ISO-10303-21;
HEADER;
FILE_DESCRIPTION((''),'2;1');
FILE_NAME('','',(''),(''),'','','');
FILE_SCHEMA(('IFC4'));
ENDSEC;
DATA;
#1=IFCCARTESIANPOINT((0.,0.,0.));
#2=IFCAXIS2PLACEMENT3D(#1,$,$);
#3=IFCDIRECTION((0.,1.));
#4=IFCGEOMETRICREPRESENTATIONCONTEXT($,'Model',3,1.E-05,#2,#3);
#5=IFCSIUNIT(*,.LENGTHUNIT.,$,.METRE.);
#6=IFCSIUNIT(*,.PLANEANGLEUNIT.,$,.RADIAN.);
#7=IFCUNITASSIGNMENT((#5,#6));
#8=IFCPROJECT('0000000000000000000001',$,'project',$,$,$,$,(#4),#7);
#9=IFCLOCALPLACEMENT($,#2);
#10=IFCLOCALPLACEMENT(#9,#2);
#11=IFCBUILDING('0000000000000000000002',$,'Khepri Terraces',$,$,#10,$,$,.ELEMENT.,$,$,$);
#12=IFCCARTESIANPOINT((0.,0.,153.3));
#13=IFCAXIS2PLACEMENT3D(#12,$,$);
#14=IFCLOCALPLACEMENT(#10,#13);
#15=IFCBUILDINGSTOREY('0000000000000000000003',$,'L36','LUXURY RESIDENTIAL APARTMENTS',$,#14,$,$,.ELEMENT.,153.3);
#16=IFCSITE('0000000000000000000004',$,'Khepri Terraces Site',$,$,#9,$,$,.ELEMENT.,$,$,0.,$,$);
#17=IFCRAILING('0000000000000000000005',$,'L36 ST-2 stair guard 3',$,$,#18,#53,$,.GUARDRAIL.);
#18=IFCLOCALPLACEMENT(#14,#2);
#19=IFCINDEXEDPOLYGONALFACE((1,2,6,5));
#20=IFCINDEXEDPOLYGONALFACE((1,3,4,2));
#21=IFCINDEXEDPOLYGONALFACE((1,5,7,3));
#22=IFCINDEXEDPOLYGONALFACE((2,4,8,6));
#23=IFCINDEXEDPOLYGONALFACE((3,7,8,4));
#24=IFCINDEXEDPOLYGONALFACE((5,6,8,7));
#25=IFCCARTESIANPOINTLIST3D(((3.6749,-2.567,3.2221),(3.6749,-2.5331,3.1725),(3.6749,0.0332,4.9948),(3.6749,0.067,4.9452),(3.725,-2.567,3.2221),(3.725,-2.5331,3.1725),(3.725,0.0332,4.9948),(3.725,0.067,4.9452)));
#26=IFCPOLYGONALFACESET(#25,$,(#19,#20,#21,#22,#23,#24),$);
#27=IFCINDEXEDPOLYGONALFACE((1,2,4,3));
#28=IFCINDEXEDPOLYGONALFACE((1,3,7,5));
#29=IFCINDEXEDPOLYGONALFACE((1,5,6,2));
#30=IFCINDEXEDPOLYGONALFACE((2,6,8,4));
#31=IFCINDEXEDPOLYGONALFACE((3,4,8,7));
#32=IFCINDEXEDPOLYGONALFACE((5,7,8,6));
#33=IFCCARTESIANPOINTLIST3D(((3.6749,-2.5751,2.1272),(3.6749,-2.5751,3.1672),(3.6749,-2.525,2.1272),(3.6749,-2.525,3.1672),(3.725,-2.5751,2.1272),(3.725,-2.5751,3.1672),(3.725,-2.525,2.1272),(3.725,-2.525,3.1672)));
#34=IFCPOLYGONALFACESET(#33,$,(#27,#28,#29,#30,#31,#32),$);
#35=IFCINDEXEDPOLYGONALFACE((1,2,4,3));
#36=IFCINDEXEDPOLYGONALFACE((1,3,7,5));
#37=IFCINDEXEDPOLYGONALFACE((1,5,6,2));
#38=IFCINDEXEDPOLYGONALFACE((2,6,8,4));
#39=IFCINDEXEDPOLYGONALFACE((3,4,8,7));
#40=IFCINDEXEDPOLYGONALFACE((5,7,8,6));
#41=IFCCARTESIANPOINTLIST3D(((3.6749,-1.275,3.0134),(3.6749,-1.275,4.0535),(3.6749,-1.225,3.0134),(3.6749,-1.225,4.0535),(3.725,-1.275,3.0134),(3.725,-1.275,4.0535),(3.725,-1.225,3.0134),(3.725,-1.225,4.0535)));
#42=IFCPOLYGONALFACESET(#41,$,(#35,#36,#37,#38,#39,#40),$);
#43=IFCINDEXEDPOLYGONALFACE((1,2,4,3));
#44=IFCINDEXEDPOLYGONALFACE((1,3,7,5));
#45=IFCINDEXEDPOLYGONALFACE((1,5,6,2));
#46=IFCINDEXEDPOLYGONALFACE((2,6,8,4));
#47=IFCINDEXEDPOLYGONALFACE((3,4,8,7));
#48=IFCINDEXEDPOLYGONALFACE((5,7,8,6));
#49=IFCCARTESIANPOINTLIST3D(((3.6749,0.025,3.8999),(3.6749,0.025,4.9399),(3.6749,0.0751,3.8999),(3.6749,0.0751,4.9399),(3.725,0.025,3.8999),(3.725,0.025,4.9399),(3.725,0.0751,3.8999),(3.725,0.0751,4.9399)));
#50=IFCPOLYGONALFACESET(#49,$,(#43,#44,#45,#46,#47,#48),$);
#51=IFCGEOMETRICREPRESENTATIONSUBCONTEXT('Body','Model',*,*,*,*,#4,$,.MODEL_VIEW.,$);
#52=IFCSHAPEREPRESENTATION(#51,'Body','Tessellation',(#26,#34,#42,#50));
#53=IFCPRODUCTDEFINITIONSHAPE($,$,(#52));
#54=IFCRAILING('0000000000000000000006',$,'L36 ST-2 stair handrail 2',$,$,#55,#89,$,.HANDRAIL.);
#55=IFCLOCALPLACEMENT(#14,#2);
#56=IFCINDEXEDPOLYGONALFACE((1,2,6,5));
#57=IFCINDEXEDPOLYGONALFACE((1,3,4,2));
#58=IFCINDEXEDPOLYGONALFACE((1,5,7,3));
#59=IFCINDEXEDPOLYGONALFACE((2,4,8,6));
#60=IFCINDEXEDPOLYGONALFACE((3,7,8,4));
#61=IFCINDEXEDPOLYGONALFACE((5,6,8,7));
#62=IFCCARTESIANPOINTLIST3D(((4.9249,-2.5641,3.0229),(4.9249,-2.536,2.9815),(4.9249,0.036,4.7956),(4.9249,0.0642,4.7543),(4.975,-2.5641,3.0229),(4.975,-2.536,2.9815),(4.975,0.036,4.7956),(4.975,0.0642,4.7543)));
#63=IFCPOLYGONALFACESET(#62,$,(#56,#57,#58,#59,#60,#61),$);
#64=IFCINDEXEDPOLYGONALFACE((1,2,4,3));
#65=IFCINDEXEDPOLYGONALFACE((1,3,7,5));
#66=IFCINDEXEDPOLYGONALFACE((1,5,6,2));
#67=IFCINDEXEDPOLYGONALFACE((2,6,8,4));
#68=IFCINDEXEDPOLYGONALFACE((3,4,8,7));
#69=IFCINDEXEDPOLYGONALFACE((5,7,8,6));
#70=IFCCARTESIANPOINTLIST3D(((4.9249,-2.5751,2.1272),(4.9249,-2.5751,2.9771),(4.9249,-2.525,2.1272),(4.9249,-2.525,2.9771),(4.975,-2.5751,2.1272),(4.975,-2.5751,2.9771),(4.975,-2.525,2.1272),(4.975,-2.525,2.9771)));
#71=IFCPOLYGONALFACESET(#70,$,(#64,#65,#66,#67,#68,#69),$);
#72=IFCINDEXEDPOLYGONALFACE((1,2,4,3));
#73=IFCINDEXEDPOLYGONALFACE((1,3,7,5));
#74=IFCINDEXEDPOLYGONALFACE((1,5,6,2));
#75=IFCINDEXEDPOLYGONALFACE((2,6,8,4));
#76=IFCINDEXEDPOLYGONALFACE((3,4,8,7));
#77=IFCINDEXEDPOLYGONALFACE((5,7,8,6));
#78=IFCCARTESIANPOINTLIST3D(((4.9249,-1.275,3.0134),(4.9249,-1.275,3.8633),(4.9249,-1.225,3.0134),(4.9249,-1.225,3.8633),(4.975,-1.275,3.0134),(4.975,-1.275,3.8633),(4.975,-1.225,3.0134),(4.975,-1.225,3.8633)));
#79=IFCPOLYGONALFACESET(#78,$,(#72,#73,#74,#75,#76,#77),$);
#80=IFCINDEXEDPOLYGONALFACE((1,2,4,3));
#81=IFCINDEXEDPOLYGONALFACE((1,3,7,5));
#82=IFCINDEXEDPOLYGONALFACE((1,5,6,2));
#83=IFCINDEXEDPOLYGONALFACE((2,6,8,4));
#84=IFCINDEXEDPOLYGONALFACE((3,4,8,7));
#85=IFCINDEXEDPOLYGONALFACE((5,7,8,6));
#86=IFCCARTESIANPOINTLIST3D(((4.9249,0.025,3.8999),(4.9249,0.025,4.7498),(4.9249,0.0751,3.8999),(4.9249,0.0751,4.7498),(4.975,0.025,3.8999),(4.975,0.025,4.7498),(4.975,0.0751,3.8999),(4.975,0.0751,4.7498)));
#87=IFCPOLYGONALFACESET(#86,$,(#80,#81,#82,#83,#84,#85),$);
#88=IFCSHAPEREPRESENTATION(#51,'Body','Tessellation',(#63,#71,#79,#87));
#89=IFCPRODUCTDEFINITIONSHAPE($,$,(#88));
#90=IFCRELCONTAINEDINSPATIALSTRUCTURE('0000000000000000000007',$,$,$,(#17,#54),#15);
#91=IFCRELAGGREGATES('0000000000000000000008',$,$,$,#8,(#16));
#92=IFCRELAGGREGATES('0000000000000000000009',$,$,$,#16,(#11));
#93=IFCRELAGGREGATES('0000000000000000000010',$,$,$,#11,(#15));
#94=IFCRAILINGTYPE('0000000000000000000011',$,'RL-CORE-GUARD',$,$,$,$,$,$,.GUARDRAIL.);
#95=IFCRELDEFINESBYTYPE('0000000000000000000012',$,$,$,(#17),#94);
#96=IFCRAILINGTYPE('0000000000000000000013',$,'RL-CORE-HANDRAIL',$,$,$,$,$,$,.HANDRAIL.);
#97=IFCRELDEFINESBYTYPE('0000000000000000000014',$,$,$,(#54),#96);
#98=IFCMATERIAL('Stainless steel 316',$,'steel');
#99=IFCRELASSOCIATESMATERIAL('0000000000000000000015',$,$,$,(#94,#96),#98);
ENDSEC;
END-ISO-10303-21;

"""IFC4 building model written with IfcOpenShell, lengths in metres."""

from ifc_helpers import new_model, si_unit, direction, frame, origin, origin_2d, place, context, subcontext, project, spatial, rectangle, extrude, material, type_object, element, save


model = new_model("IFC4")

# Units and contexts
model_context = context("Model", 3, precision=1e-05, world=origin(), true_north=direction((0.0, 1.0)))
body_context = subcontext(model_context, "Body", "Model", "MODEL_VIEW")
ifc_project = project(units=[si_unit("LENGTHUNIT", "METRE"), si_unit("PLANEANGLEUNIT", "RADIAN")], contexts=[model_context])

# Site, building, storey
site_placement = place(None, origin())
site = spatial("IfcSite", under=ifc_project, at=site_placement, Name="Khepri Terraces Site", CompositionType="ELEMENT", RefElevation=0.0)
building_placement = place(site_placement, origin())
building = spatial("IfcBuilding", under=site, at=building_placement, Name="Khepri Terraces", CompositionType="ELEMENT")
storey_placement = place(building_placement, frame((0.0, 0.0, 153.3)))
storey = spatial("IfcBuildingStorey", under=building, at=storey_placement, Name="L36", Description="LUXURY RESIDENTIAL APARTMENTS", CompositionType="ELEMENT", Elevation=153.3)

# Railings
ifc_material_1 = material(Name="Stainless steel 316", Category="steel")
railing_type_1 = type_object("IfcRailingType", Name="RL-CORE-GUARD", PredefinedType="GUARDRAIL", material=ifc_material_1)
railing_1_placement = place(storey_placement, frame((3.7, -2.55, 2.1272)))
element("IfcRailing", 1, at=railing_1_placement, inside=storey, type_object=railing_type_1, Name="L36 ST-2 stair guard 3", PredefinedType="GUARDRAIL", context=body_context, shape_type="SweptSolid", body=[
    extrude(rectangle(XDim=0.05, YDim=0.0601, at=origin_2d()), frame((0.0, 0.0, 1.0701), z_axis=(0.0, 0.82624, 0.563318), x_axis=(-1.0, 0.0, 0.0)), (0.0, 0.0, 1.0), 3.147),
    extrude(rectangle(XDim=0.05, YDim=0.05, at=origin_2d()), origin(), (0.0, 0.0, 1.0), 1.04),
    extrude(rectangle(XDim=0.05, YDim=0.05, at=origin_2d()), frame((0.0, 1.3, 0.8862)), (0.0, 0.0, 1.0), 1.04),
    extrude(rectangle(XDim=0.05, YDim=0.05, at=origin_2d()), frame((0.0, 2.6001, 1.7727)), (0.0, 0.0, 1.0), 1.04),
])
railing_type_2 = type_object("IfcRailingType", Name="RL-CORE-HANDRAIL", PredefinedType="HANDRAIL", material=ifc_material_1)
railing_2_placement = place(storey_placement, frame((4.95, -2.55, 2.1272)))
element("IfcRailing", 2, at=railing_2_placement, inside=storey, type_object=railing_type_2, Name="L36 ST-2 stair handrail 2", PredefinedType="HANDRAIL", context=body_context, shape_type="SweptSolid", body=[
    extrude(rectangle(XDim=0.05, YDim=0.05, at=origin_2d()), frame((0.0, 0.0, 0.875), z_axis=(0.0, 0.82624, 0.563318), x_axis=(-1.0, 0.0, 0.0)), (0.0, 0.0, 1.0), 3.147),
    extrude(rectangle(XDim=0.05, YDim=0.05, at=origin_2d()), origin(), (0.0, 0.0, 1.0), 0.8499),
    extrude(rectangle(XDim=0.05, YDim=0.05, at=origin_2d()), frame((0.0, 1.3, 0.8862)), (0.0, 0.0, 1.0), 0.8499),
    extrude(rectangle(XDim=0.05, YDim=0.05, at=origin_2d()), frame((0.0, 2.6001, 1.7727)), (0.0, 0.0, 1.0), 0.8499),
])

save(model, "model.ifc")
